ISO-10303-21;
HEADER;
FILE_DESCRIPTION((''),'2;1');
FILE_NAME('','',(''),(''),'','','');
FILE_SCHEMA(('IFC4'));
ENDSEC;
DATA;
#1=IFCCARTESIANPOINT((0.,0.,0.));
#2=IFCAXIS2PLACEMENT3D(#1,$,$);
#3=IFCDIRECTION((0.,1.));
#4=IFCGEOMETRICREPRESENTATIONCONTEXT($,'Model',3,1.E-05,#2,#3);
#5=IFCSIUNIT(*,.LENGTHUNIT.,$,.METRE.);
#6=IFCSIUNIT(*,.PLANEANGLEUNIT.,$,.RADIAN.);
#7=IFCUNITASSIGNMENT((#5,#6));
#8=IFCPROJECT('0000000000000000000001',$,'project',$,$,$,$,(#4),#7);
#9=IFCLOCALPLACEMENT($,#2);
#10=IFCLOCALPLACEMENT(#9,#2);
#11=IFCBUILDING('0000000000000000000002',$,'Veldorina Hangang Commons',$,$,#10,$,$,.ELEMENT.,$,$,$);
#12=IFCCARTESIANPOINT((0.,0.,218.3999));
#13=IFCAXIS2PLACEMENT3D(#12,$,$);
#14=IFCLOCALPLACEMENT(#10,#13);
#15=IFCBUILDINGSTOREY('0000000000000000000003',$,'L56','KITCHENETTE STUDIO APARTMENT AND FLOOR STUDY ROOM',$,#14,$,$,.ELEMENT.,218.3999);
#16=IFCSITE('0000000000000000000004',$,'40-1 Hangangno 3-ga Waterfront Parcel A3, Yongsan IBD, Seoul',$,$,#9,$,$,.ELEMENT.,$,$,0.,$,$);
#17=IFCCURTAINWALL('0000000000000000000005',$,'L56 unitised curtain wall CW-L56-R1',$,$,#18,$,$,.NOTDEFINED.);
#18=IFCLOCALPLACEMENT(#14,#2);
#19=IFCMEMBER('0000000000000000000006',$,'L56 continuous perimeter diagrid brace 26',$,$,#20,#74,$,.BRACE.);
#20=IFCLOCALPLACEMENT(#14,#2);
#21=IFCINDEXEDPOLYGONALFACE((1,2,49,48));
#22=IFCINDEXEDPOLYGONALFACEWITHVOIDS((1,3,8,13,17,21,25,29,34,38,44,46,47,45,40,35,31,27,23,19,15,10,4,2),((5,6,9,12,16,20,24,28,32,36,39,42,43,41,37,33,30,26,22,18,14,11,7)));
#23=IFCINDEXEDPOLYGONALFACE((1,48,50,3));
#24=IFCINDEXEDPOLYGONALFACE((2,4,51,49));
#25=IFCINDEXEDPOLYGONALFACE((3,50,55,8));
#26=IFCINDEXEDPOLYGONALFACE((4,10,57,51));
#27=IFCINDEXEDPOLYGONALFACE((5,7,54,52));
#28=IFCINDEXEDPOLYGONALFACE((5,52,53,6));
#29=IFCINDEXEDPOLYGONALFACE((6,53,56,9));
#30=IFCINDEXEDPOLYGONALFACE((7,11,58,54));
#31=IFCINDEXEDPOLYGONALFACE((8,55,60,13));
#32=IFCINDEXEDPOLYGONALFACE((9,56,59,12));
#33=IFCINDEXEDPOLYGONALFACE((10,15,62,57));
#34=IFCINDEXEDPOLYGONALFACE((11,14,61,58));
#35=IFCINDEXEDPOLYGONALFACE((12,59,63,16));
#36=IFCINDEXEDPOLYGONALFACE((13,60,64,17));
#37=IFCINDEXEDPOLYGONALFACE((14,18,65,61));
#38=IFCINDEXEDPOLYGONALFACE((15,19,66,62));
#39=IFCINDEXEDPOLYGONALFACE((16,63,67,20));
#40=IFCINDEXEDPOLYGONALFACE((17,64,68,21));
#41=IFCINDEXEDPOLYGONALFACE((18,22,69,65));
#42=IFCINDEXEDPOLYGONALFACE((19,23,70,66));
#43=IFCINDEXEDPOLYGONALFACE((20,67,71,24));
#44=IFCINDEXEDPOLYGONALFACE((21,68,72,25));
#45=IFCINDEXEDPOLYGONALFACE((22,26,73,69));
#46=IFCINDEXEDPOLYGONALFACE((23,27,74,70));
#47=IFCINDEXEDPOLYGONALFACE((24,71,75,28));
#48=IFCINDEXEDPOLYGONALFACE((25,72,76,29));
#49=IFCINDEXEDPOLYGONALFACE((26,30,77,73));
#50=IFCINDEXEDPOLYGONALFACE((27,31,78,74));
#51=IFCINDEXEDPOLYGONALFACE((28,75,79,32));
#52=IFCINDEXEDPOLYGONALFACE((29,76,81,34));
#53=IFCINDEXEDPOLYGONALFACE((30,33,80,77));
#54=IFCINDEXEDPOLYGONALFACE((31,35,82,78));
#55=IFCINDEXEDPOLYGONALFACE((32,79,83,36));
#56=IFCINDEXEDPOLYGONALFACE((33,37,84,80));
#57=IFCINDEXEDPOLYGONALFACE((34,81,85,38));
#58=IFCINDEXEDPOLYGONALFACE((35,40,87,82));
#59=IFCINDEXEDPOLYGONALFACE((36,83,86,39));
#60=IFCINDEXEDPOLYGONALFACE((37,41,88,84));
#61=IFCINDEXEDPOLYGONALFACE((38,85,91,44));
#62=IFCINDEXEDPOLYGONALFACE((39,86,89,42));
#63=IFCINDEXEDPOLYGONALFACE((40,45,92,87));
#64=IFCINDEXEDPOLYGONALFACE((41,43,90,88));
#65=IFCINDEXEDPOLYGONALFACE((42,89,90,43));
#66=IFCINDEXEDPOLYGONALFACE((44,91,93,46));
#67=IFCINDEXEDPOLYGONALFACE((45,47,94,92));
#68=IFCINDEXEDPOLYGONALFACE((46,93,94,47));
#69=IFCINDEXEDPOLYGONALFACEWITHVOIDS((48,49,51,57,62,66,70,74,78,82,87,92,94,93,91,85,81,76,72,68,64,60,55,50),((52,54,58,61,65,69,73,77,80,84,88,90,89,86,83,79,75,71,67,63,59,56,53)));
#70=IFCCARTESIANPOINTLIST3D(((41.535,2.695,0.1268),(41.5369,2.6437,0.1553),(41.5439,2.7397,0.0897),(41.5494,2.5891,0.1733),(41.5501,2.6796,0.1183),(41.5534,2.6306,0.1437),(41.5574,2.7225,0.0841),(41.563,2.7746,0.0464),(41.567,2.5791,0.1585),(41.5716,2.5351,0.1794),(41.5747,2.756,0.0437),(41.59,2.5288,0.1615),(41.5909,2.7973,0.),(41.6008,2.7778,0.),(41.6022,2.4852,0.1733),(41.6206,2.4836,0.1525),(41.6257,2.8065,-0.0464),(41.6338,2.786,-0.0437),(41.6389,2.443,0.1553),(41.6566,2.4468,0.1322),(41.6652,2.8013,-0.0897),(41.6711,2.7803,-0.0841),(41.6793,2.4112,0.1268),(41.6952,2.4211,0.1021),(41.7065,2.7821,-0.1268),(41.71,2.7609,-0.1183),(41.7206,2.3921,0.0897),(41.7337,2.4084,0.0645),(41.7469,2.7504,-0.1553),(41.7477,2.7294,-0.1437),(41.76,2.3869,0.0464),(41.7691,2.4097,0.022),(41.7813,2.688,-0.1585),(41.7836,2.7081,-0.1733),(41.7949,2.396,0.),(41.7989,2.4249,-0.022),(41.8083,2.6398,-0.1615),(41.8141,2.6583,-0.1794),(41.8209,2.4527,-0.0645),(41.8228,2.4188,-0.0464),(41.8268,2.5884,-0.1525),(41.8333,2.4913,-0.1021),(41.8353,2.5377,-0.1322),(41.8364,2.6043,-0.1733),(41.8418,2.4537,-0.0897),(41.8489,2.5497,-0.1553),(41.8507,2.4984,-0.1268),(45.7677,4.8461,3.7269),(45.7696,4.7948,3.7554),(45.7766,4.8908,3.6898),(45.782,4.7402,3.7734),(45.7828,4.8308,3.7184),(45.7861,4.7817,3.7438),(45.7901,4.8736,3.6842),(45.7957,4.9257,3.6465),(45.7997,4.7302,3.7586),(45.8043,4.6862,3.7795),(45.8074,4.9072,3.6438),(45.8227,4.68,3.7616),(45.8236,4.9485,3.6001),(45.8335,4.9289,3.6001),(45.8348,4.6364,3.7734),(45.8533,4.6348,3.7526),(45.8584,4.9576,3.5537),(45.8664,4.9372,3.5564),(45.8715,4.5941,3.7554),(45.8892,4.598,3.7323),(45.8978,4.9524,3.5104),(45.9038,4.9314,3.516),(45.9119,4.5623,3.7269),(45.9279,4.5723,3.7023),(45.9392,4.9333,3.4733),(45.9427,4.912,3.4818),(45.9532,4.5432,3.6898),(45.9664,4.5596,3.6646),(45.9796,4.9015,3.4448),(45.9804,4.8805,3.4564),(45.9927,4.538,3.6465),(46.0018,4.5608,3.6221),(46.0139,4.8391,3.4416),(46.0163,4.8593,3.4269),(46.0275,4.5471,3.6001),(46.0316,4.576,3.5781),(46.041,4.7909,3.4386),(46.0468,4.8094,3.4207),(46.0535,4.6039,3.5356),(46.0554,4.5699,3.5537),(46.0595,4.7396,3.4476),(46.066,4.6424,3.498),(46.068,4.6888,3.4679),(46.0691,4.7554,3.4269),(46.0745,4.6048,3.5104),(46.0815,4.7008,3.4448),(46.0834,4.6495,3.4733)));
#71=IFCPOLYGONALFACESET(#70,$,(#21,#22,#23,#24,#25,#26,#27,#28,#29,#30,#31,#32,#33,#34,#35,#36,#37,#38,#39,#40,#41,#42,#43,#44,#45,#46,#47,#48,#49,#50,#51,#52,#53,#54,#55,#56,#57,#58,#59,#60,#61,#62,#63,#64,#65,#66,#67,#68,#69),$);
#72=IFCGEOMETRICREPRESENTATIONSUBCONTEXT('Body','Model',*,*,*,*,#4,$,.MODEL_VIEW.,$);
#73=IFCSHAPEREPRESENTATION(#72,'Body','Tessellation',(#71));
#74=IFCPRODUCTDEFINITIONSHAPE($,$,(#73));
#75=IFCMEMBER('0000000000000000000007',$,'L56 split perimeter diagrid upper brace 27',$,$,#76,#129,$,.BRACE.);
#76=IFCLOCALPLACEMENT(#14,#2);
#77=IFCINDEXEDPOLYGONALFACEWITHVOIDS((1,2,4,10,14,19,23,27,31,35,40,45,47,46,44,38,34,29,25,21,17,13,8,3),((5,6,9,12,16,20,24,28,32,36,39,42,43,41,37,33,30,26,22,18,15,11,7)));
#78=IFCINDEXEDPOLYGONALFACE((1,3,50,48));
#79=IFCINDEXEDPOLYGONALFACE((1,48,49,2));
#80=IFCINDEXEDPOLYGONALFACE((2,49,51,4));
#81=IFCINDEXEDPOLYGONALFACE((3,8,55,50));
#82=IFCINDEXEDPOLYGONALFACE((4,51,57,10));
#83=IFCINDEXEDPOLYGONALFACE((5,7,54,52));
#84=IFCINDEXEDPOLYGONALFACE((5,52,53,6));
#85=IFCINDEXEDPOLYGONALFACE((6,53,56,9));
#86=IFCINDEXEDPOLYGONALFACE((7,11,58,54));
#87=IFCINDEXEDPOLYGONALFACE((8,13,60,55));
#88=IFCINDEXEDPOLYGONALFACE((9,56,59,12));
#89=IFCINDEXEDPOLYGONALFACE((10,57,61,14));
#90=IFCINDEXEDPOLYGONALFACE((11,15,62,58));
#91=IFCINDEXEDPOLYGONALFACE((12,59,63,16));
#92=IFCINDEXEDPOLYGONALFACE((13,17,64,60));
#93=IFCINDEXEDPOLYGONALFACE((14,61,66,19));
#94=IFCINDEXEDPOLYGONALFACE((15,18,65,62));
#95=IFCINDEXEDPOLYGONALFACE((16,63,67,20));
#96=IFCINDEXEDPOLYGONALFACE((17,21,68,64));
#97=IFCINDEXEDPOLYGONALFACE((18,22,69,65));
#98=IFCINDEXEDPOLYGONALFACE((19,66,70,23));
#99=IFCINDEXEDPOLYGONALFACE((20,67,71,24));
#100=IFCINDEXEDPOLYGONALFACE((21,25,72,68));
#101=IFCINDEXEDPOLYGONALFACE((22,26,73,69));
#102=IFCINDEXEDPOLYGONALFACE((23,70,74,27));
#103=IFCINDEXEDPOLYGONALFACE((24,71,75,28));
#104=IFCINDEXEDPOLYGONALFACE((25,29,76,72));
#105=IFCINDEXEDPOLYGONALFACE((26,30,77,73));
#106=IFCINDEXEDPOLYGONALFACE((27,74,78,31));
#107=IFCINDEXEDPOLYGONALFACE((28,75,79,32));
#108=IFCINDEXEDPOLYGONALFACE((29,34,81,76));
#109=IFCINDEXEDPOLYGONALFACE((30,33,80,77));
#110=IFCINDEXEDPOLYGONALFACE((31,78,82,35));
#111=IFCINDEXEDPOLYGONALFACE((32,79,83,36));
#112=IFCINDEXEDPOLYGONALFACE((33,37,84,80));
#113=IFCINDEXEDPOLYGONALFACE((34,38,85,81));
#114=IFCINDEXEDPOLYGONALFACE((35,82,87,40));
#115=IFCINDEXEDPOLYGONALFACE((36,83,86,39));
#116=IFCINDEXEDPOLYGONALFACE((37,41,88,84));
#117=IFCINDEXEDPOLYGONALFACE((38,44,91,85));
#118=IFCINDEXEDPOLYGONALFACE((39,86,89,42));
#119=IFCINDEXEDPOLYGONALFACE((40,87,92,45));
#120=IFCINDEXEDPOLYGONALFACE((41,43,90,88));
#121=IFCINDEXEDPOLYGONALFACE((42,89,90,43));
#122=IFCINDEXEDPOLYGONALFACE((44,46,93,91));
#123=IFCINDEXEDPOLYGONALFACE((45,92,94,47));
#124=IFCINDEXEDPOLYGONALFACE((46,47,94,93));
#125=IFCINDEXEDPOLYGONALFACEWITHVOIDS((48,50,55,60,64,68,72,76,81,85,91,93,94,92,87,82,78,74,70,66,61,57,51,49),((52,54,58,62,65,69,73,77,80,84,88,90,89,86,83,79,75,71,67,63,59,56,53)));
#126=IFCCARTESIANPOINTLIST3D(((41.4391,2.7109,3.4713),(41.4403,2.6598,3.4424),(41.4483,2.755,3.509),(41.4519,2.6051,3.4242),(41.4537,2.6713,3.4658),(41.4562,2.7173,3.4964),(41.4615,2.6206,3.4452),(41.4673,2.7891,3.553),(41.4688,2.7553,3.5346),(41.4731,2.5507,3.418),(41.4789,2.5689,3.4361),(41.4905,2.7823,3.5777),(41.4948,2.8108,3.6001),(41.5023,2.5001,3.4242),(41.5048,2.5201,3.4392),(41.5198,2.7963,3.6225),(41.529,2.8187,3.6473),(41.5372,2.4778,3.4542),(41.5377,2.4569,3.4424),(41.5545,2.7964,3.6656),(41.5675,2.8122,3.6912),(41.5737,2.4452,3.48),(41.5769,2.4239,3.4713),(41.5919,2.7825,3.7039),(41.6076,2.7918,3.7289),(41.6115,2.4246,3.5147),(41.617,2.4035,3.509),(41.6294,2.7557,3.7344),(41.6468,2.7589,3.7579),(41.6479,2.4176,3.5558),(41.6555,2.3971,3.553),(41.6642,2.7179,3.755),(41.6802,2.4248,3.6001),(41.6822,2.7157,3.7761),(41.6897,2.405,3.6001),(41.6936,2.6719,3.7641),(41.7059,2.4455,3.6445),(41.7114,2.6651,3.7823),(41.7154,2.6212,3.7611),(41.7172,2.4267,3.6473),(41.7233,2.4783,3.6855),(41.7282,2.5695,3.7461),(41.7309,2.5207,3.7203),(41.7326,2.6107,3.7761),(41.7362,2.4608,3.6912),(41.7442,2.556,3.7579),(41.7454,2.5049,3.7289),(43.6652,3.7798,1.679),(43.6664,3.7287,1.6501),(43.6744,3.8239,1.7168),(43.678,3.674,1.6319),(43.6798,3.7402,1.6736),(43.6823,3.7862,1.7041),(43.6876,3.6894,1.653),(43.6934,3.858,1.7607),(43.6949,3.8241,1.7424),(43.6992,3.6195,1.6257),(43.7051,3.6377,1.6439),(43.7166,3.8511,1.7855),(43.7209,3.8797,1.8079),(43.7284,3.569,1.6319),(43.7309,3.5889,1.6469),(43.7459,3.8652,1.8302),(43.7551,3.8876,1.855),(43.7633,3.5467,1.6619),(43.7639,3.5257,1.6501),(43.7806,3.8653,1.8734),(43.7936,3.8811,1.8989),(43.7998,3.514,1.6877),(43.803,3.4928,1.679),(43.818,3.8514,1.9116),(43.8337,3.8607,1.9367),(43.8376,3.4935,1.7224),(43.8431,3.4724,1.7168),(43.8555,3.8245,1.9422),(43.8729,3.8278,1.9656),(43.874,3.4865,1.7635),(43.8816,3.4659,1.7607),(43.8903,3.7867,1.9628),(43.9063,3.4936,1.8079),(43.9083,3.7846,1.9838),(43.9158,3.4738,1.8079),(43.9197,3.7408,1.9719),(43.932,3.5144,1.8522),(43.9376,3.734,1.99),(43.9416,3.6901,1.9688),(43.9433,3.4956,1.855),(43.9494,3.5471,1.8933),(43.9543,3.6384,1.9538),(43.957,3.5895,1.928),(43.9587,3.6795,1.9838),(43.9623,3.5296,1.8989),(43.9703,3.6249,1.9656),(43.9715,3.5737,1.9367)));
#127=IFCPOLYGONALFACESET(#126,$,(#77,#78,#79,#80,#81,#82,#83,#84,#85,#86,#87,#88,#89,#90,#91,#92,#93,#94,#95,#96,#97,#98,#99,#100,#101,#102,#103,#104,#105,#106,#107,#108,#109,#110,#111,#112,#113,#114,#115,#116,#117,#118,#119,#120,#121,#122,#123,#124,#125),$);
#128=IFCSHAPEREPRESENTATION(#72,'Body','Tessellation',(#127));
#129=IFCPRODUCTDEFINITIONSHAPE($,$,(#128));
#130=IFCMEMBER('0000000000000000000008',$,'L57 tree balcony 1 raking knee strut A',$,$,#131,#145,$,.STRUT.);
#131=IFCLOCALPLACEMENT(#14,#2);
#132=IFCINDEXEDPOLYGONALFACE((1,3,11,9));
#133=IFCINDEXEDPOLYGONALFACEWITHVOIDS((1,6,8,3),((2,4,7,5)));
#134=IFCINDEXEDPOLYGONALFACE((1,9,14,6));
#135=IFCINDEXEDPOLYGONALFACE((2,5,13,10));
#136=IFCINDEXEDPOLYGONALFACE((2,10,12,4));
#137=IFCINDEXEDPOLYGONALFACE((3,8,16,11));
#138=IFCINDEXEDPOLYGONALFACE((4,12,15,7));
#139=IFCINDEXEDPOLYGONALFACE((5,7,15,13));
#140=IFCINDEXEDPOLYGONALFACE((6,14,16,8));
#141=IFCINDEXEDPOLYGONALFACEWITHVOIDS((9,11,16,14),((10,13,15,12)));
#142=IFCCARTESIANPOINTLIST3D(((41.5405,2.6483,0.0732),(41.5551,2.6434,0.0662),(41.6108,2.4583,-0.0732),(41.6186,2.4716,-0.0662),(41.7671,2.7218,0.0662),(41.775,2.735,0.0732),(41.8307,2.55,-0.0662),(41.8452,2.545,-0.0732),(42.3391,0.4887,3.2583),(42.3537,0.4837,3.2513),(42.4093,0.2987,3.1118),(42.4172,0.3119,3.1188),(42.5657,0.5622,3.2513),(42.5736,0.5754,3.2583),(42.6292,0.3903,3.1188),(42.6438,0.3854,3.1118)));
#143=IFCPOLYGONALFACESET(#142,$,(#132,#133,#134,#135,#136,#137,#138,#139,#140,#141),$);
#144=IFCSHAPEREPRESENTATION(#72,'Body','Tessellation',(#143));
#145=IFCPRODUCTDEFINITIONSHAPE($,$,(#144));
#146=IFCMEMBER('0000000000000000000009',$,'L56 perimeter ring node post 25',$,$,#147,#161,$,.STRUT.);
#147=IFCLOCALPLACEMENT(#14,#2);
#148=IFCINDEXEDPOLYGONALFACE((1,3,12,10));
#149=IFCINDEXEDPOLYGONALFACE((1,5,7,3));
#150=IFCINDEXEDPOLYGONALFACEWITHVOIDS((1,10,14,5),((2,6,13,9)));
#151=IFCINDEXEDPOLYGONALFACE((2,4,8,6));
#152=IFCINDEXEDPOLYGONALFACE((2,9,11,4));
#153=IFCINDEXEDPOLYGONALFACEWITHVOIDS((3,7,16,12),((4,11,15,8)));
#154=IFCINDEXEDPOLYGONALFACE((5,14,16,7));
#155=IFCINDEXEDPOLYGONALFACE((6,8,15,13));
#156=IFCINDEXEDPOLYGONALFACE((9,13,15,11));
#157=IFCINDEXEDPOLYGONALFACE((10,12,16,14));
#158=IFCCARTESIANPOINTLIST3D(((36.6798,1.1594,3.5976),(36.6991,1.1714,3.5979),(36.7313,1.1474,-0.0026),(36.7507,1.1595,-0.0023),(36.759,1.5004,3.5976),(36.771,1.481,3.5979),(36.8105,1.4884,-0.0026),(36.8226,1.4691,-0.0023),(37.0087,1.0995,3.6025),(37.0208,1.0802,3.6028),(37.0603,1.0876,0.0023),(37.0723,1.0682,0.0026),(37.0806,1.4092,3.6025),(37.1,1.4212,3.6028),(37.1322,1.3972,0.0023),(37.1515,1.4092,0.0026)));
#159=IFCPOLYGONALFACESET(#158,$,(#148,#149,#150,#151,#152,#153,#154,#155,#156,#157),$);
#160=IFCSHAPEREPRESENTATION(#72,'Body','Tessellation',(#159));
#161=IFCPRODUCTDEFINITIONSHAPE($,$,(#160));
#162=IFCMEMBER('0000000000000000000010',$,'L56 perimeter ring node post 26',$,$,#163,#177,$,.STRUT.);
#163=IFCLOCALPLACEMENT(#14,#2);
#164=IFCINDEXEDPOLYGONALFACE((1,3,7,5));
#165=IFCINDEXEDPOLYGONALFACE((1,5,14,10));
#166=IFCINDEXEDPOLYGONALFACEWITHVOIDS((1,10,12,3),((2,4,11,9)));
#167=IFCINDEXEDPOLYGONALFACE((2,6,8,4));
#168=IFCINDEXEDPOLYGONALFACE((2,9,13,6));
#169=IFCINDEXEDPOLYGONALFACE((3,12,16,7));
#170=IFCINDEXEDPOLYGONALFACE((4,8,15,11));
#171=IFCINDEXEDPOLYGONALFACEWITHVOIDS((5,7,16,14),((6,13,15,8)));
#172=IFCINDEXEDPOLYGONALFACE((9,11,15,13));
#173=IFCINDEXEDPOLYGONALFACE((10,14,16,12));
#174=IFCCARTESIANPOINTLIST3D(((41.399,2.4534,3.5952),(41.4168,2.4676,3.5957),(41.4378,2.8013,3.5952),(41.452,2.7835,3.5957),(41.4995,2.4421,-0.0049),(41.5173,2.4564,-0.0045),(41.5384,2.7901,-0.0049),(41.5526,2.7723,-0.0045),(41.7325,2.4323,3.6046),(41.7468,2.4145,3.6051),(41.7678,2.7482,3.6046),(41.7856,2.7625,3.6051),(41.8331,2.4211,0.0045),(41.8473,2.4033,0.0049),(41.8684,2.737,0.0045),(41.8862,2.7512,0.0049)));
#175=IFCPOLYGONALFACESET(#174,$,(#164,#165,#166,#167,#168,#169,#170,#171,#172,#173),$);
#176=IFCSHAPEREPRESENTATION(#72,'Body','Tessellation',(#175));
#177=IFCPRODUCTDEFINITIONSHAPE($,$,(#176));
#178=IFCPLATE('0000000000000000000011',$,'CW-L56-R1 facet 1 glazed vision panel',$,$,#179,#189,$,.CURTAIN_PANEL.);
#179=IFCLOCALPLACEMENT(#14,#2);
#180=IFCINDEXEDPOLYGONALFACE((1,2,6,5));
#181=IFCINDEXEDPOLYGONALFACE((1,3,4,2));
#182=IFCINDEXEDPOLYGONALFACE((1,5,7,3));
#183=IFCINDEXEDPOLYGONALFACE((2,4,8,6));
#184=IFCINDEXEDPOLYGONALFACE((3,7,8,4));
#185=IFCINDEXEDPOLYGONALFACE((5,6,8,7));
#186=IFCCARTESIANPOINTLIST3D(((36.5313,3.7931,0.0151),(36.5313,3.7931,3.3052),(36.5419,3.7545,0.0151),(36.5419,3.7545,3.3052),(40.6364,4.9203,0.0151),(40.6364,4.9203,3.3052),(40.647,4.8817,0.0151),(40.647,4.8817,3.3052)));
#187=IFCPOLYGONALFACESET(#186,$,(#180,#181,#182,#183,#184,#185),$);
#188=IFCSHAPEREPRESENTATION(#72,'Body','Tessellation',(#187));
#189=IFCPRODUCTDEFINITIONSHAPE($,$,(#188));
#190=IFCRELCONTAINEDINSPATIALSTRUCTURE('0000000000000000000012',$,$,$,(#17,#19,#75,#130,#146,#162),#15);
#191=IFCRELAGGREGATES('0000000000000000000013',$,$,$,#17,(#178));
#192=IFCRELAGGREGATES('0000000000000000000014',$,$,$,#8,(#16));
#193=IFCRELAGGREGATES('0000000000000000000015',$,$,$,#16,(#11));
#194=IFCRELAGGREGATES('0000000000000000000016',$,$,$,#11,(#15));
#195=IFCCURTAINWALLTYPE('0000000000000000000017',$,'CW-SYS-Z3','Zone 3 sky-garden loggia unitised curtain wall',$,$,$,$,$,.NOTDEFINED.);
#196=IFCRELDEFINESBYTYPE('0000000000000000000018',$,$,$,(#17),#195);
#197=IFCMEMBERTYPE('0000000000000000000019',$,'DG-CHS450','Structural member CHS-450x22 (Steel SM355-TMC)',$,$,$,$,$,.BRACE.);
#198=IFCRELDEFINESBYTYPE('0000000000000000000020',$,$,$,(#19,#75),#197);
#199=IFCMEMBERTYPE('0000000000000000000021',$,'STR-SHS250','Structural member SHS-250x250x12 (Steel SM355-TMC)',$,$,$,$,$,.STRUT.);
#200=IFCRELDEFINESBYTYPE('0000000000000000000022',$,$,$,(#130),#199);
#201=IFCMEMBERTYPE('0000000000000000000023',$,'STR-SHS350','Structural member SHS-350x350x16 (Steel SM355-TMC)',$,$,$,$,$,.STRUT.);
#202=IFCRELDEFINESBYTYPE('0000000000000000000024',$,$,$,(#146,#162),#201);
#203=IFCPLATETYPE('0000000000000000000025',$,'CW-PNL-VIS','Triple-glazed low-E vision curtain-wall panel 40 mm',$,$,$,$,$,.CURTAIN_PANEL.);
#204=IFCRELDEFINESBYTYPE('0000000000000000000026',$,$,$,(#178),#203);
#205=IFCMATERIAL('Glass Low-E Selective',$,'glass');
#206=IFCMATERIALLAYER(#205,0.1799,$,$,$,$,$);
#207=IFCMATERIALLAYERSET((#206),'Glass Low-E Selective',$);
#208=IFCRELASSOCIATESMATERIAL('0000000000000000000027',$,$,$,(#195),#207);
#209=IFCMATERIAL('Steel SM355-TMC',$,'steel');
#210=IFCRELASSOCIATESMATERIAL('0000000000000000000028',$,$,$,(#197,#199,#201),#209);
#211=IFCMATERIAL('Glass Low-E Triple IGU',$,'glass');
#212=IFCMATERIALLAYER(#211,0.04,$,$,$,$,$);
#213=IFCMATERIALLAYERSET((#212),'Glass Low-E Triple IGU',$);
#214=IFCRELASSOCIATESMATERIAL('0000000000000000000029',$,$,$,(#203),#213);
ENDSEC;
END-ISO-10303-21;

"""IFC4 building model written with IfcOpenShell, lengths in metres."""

from ifc_helpers import new_model, si_unit, direction, frame, origin, origin_2d, place, context, subcontext, project, spatial, rectangle, hollow_rectangle, hollow_circle, extrude, material, layer, layer_set, material_profile, profile_set, type_object, element, aggregate, save


model = new_model("IFC4")

# Units and contexts
model_context = context("Model", 3, precision=1e-05, world=origin(), true_north=direction((0.0, 1.0)))
body_context = subcontext(model_context, "Body", "Model", "MODEL_VIEW")
ifc_project = project(units=[si_unit("LENGTHUNIT", "METRE"), si_unit("PLANEANGLEUNIT", "RADIAN")], contexts=[model_context])

# Site, building, storey
site_placement = place(None, origin())
site = spatial("IfcSite", under=ifc_project, at=site_placement, Name="40-1 Hangangno 3-ga Waterfront Parcel A3, Yongsan IBD, Seoul", CompositionType="ELEMENT", RefElevation=0.0)
building_placement = place(site_placement, origin())
building = spatial("IfcBuilding", under=site, at=building_placement, Name="Veldorina Hangang Commons", CompositionType="ELEMENT")
storey_placement = place(building_placement, frame((0.0, 0.0, 218.3999)))
storey = spatial("IfcBuildingStorey", under=building, at=storey_placement, Name="L56", Description="KITCHENETTE STUDIO APARTMENT AND FLOOR STUDY ROOM", CompositionType="ELEMENT", Elevation=218.3999)

# Shared definitions
ifc_material_1 = material(Name="Steel SM355-TMC", Category="steel")

# Curtain wall
ifc_material_2 = material(Name="Glass Low-E Selective", Category="glass")
ifc_layer_1 = layer(ifc_material_2, 0.1799)
ifc_layer_set_1 = layer_set([ifc_layer_1], Name="Glass Low-E Selective")
curtain_wall_type = type_object("IfcCurtainWallType", Name="CW-SYS-Z3", Description="Zone 3 sky-garden loggia unitised curtain wall", PredefinedType="NOTDEFINED", material=ifc_layer_set_1)
curtain_wall_placement = place(storey_placement, origin())
curtain_wall = element("IfcCurtainWall", 1, at=curtain_wall_placement, inside=storey, type_object=curtain_wall_type, Name="L56 unitised curtain wall CW-L56-R1", PredefinedType="NOTDEFINED")

# Members
ifc_material_profile_1 = material_profile(ifc_material_1, hollow_circle(Radius=0.2251, WallThickness=0.022, at=origin_2d()), Name="CHS-450x22")
ifc_profile_set_1 = profile_set([ifc_material_profile_1], Name="Steel SM355-TMC")
member_type_1 = type_object("IfcMemberType", Name="DG-CHS450", Description="Structural member CHS-450x22 (Steel SM355-TMC)", PredefinedType="BRACE", material=ifc_profile_set_1)
member_1_placement = place(storey_placement, frame((41.6929, 2.5967, 0.0), z_axis=(0.71036, 0.361019, 0.604197), x_axis=(-0.453066, 0.891477, 0.0)))
element("IfcMember", 2, at=member_1_placement, inside=storey, type_object=member_type_1, Name="L56 continuous perimeter diagrid brace 26", PredefinedType="BRACE", context=body_context, shape_type="SweptSolid", body=[
    extrude(hollow_circle(Radius=0.2251, WallThickness=0.022, at=origin_2d()), origin(), (0.0, 0.0, 1.0), 5.9585),
])
member_2_placement = place(storey_placement, frame((43.8184, 3.6768, 1.8079), z_axis=(-0.729568, -0.350302, 0.587383), x_axis=(0.43284, -0.901471, 0.0)))
element("IfcMember", 3, at=member_2_placement, inside=storey, type_object=member_type_1, Name="L56 split perimeter diagrid upper brace 27", PredefinedType="BRACE", context=body_context, shape_type="SweptSolid", body=[
    extrude(hollow_circle(Radius=0.2251, WallThickness=0.022, at=origin_2d()), origin(), (0.0, 0.0, 1.0), 3.0513),
])
ifc_material_profile_2 = material_profile(ifc_material_1, hollow_rectangle(XDim=0.25, YDim=0.25, WallThickness=0.012, at=origin_2d()), Name="SHS-250x250x12")
ifc_profile_set_2 = profile_set([ifc_material_profile_2], Name="Steel SM355-TMC")
member_type_2 = type_object("IfcMemberType", Name="STR-SHS250", Description="Structural member SHS-250x250x12 (Steel SM355-TMC)", PredefinedType="STRUT", material=ifc_profile_set_2)
member_3_placement = place(storey_placement, frame((41.6929, 2.5967, 0.0), z_axis=(0.203192, -0.549505, 0.810405), x_axis=(0.937932, 0.34682, 0.0)))
element("IfcMember", 4, at=member_3_placement, inside=storey, type_object=member_type_2, Name="L57 tree balcony 1 raking knee strut A", PredefinedType="STRUT", context=body_context, shape_type="SweptSolid", body=[
    extrude(hollow_rectangle(XDim=0.25, YDim=0.25, WallThickness=0.012, at=origin_2d()), origin(), (0.0, 0.0, 1.0), 3.9302),
])
ifc_material_profile_3 = material_profile(ifc_material_1, hollow_rectangle(XDim=0.3501, YDim=0.3501, WallThickness=0.0161, at=origin_2d()), Name="SHS-350x350x16")
ifc_profile_set_3 = profile_set([ifc_material_profile_3], Name="Steel SM355-TMC")
member_type_3 = type_object("IfcMemberType", Name="STR-SHS350", Description="Structural member SHS-350x350x16 (Steel SM355-TMC)", PredefinedType="STRUT", material=ifc_profile_set_3)
member_4_placement = place(storey_placement, frame((36.9414, 1.2783, 0.0), z_axis=(-0.014307, 0.003323, 0.999892), x_axis=(-0.226208, -0.974079, 0.0)))
element("IfcMember", 5, at=member_4_placement, inside=storey, type_object=member_type_3, Name="L56 perimeter ring node post 25", PredefinedType="STRUT", context=body_context, shape_type="SweptSolid", body=[
    extrude(hollow_rectangle(XDim=0.3501, YDim=0.3501, WallThickness=0.0161, at=origin_2d()), origin(), (0.0, 0.0, 1.0), 3.6006),
])
member_5_placement = place(storey_placement, frame((41.6929, 2.5967, 0.0), z_axis=(-0.027929, 0.003118, 0.999605), x_axis=(-0.110961, -0.993825, 0.0)))
element("IfcMember", 6, at=member_5_placement, inside=storey, type_object=member_type_3, Name="L56 perimeter ring node post 26", PredefinedType="STRUT", context=body_context, shape_type="SweptSolid", body=[
    extrude(hollow_rectangle(XDim=0.3501, YDim=0.3501, WallThickness=0.0161, at=origin_2d()), origin(), (0.0, 0.0, 1.0), 3.6016),
])

# Plate
ifc_material_3 = material(Name="Glass Low-E Triple IGU", Category="glass")
ifc_layer_2 = layer(ifc_material_3, 0.04)
ifc_layer_set_2 = layer_set([ifc_layer_2], Name="Glass Low-E Triple IGU")
plate_type_1 = type_object("IfcPlateType", Name="CW-PNL-VIS", Description="Triple-glazed low-E vision curtain-wall panel 40 mm", PredefinedType="CURTAIN_PANEL", material=ifc_layer_set_2)
plate_1_placement = place(storey_placement, frame((38.5891, 4.3374, 0.0151), z_axis=(0.0, 0.0, 1.0), x_axis=(0.964304, 0.264799, 0.0)))
plate_1 = element("IfcPlate", 7, at=plate_1_placement, type_object=plate_type_1, Name="CW-L56-R1 facet 1 glazed vision panel", PredefinedType="CURTAIN_PANEL", context=body_context, shape_type="SweptSolid", body=[
    extrude(rectangle(XDim=4.2571, YDim=0.04, at=origin_2d()), origin(), (0.0, 0.0, 1.0), 3.29),
])
aggregate(curtain_wall, [plate_1])

save(model, "model.ifc")
